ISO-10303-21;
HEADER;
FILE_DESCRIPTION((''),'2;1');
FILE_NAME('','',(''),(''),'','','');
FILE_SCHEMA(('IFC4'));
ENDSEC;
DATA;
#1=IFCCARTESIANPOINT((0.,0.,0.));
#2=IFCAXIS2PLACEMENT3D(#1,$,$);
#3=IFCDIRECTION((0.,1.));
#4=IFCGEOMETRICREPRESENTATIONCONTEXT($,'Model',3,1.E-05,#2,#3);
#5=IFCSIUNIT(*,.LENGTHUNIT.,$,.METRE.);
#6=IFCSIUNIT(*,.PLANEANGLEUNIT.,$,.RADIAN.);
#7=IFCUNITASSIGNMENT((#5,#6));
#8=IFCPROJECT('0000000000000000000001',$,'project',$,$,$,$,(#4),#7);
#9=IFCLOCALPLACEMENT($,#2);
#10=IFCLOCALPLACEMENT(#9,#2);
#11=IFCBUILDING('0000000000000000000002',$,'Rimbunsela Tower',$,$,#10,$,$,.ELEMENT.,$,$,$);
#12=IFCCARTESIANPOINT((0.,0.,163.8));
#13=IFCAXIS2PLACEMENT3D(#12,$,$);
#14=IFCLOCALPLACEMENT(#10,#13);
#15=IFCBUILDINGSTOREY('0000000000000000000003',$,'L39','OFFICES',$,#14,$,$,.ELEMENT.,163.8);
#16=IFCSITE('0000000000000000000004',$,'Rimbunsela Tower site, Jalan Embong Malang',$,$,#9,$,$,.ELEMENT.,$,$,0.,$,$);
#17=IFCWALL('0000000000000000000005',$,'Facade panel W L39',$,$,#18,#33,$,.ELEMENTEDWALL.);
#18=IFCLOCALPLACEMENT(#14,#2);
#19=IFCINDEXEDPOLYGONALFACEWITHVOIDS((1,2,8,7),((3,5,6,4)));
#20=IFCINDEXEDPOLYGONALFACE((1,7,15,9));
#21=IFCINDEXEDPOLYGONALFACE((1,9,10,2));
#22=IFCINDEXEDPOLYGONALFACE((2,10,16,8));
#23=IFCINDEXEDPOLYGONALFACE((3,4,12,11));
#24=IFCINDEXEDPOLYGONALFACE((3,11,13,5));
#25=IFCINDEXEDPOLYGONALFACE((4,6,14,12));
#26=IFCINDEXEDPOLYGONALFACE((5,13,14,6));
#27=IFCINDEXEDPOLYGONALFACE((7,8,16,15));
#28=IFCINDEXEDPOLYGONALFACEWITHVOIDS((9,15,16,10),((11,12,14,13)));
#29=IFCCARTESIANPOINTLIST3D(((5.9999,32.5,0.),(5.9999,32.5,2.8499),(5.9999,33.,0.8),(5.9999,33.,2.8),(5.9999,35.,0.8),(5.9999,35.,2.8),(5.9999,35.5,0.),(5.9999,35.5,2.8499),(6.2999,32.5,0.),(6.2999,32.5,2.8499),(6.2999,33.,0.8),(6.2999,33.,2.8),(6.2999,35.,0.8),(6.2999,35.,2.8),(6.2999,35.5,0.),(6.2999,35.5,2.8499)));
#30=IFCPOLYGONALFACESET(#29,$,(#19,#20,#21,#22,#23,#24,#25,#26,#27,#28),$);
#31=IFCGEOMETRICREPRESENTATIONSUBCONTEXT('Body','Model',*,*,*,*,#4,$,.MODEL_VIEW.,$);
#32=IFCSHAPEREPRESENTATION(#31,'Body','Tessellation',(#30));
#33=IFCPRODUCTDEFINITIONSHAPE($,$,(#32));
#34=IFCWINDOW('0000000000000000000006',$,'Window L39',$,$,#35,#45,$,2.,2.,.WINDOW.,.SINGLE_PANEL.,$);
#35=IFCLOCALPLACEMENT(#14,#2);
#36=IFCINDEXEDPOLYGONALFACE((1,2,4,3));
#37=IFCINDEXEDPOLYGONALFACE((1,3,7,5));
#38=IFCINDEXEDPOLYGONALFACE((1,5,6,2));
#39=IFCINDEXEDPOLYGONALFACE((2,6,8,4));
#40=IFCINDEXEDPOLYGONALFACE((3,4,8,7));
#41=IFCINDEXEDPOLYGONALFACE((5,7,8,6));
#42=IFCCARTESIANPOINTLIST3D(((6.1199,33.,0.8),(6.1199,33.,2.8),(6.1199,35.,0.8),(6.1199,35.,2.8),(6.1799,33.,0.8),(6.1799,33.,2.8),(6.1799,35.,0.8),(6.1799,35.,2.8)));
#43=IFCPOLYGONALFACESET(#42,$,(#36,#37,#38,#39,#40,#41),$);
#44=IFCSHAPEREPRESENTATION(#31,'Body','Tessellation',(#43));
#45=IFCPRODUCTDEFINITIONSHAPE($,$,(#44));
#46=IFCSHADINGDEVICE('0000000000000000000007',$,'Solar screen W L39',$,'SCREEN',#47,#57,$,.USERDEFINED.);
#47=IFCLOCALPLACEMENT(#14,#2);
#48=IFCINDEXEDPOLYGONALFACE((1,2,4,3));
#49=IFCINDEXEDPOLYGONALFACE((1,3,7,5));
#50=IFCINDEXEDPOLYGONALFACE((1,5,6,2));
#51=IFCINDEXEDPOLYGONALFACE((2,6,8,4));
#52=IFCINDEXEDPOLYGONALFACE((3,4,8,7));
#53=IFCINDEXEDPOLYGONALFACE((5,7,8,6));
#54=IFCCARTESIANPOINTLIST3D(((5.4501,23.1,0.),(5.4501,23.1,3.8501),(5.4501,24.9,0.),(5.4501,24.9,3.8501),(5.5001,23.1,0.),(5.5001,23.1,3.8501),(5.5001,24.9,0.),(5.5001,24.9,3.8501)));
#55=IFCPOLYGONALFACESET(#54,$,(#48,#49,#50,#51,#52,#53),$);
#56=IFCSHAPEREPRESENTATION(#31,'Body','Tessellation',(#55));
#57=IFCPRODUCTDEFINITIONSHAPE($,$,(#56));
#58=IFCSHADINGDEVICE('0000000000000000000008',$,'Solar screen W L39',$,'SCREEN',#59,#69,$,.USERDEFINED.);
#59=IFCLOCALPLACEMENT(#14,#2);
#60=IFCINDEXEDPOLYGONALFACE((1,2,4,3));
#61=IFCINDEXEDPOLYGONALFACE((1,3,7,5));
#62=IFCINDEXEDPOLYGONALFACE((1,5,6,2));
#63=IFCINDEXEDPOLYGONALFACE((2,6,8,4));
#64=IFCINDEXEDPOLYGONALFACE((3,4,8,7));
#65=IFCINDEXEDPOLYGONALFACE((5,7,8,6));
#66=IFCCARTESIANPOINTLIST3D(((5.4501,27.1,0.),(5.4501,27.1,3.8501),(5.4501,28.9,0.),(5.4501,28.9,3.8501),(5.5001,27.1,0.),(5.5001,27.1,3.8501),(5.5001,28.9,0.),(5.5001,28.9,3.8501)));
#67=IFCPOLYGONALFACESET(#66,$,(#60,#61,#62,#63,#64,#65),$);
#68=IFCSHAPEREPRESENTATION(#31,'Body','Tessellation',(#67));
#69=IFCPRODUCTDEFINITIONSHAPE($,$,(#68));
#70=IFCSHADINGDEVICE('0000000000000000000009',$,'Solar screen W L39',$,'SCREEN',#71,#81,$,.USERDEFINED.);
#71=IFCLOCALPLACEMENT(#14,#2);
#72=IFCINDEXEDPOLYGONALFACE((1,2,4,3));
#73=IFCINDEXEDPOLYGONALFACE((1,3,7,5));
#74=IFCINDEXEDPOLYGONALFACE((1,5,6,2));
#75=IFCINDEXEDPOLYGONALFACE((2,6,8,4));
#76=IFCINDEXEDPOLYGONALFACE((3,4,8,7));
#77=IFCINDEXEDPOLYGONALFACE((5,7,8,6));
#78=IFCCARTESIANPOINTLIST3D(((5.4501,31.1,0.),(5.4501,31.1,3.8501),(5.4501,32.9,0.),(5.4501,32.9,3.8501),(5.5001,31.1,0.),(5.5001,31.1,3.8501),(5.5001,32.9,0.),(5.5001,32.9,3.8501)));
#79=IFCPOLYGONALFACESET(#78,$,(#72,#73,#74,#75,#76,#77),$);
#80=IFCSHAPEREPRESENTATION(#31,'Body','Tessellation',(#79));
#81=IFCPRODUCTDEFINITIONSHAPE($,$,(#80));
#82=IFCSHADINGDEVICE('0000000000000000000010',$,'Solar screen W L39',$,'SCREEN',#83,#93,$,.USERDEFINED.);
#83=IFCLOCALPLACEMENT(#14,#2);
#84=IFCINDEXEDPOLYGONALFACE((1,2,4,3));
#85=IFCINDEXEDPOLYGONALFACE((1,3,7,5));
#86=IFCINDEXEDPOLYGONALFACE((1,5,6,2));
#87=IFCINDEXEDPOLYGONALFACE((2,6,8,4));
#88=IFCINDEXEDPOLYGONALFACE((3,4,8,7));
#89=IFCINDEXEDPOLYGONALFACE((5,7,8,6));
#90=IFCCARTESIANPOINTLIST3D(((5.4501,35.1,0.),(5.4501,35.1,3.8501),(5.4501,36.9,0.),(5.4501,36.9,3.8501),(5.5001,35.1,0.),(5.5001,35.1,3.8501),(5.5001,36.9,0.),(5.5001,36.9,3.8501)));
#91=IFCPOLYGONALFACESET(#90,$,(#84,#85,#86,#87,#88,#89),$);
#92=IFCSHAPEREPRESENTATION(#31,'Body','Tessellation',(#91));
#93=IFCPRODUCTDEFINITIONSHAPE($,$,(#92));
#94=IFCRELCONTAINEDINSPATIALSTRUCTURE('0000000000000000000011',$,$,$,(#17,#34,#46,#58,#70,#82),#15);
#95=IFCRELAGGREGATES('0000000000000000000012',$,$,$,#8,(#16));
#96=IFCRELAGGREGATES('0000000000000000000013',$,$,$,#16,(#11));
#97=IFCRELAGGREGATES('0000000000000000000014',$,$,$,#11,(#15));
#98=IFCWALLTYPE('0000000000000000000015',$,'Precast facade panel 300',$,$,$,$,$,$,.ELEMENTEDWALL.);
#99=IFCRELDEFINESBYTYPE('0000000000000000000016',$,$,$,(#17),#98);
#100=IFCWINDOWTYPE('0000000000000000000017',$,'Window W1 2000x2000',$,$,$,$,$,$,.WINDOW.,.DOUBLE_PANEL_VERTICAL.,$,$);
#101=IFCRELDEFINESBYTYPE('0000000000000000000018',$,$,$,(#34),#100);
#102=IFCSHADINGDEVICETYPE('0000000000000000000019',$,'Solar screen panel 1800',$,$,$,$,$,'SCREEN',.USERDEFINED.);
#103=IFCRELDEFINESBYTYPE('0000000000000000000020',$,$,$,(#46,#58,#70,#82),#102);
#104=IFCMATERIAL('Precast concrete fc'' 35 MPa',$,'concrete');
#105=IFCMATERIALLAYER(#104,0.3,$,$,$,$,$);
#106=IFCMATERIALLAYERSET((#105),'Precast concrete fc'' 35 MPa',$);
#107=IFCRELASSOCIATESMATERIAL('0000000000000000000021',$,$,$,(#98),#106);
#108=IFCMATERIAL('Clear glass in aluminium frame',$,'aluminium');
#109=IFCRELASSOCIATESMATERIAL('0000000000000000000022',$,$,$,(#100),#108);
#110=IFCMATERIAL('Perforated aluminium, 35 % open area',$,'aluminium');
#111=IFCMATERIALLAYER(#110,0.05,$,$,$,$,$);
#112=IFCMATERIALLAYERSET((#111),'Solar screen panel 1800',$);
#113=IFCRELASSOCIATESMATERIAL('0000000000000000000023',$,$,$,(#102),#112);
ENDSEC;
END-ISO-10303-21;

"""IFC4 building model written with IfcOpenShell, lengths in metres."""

from ifc_helpers import new_model, si_unit, direction, frame, frame_2d, origin, origin_2d, place, context, subcontext, project, spatial, rectangle, extrude, material, layer, layer_set, type_object, element, fill, save


model = new_model("IFC4")

# Units and contexts
model_context = context("Model", 3, precision=1e-05, world=origin(), true_north=direction((0.0, 1.0)))
body_context = subcontext(model_context, "Body", "Model", "MODEL_VIEW")
ifc_project = project(units=[si_unit("LENGTHUNIT", "METRE"), si_unit("PLANEANGLEUNIT", "RADIAN")], contexts=[model_context])

# Site, building, storey
site_placement = place(None, origin())
site = spatial("IfcSite", under=ifc_project, at=site_placement, Name="Rimbunsela Tower site, Jalan Embong Malang", CompositionType="ELEMENT", RefElevation=0.0)
building_placement = place(site_placement, origin())
building = spatial("IfcBuilding", under=site, at=building_placement, Name="Rimbunsela Tower", CompositionType="ELEMENT")
storey_placement = place(building_placement, frame((0.0, 0.0, 163.8)))
storey = spatial("IfcBuildingStorey", under=building, at=storey_placement, Name="L39", Description="OFFICES", CompositionType="ELEMENT", Elevation=163.8)

# Wall, opening, window
ifc_material_1 = material(Name="Precast concrete fc' 35 MPa", Category="concrete")
ifc_layer_1 = layer(ifc_material_1, 0.3)
ifc_layer_set_1 = layer_set([ifc_layer_1], Name="Precast concrete fc' 35 MPa")
wall_type = type_object("IfcWallType", Name="Precast facade panel 300", PredefinedType="ELEMENTEDWALL", material=ifc_layer_set_1)
ifc_material_2 = material(Name="Clear glass in aluminium frame", Category="aluminium")
window_type = type_object("IfcWindowType", Name="Window W1 2000x2000", PartitioningType="DOUBLE_PANEL_VERTICAL", PredefinedType="WINDOW", material=ifc_material_2)
wall_1_placement = place(storey_placement, frame((6.1499, 35.5, 0.0), z_axis=(0.0, 0.0, 1.0), x_axis=(0.0, -1.0, 0.0)))
wall_1 = element("IfcWall", 1, at=wall_1_placement, inside=storey, type_object=wall_type, Name="Facade panel W L39", PredefinedType="ELEMENTEDWALL", context=body_context, shape_type="SweptSolid", body=[
    extrude(rectangle(XDim=3.0, YDim=0.3, at=frame_2d((1.5, 0.0))), origin(), (0.0, 0.0, 1.0), 2.8499),
])
opening_1_placement = place(wall_1_placement, frame((0.5, 0.0, 0.8)))
opening_1 = element("IfcOpeningElement", 2, at=opening_1_placement, cuts=wall_1, PredefinedType="OPENING", context=body_context, shape_type="SweptSolid", body=[
    extrude(rectangle(XDim=2.0, YDim=2.0, at=frame_2d((1.0, 1.0))), frame((0.0, 0.1599, 0.0), z_axis=(0.0, -1.0, 0.0), x_axis=(1.0, 0.0, 0.0)), (0.0, 0.0, 1.0), 0.3201),
])
window_1_placement = place(opening_1_placement, origin())
window_1 = element("IfcWindow", 3, at=window_1_placement, inside=storey, type_object=window_type, Name="Window L39", OverallHeight=2.0, OverallWidth=2.0, PartitioningType="SINGLE_PANEL", PredefinedType="WINDOW", context=body_context, shape_type="SweptSolid", body=[
    extrude(rectangle(XDim=2.0, YDim=2.0, at=frame_2d((1.0, 1.0))), frame((0.0, 0.03, 0.0), z_axis=(0.0, -1.0, 0.0), x_axis=(1.0, 0.0, 0.0)), (0.0, 0.0, 1.0), 0.0601),
])
fill(opening_1, window_1)

# Shading devices
ifc_material_3 = material(Name="Perforated aluminium, 35 % open area", Category="aluminium")
ifc_layer_2 = layer(ifc_material_3, 0.05)
ifc_layer_set_2 = layer_set([ifc_layer_2], Name="Solar screen panel 1800")
shading_device_type = type_object("IfcShadingDeviceType", Name="Solar screen panel 1800", ElementType="SCREEN", PredefinedType="USERDEFINED", material=ifc_layer_set_2)
for number, where, z_axis, x_axis, name in (
    (4, (5.4751, 24.0, 0.0), (0.0, 0.0, 1.0), (0.0, 1.0, 0.0), "Solar screen W L39"),
    (5, (5.4751, 28.0, 0.0), (0.0, 0.0, 1.0), (0.0, 1.0, 0.0), "Solar screen W L39"),
    (6, (5.4751, 32.0, 0.0), (0.0, 0.0, 1.0), (0.0, 1.0, 0.0), "Solar screen W L39"),
    (7, (5.4751, 36.0, 0.0), (0.0, 0.0, 1.0), (0.0, 1.0, 0.0), "Solar screen W L39"),
):
    element("IfcShadingDevice", number, at=place(storey_placement, frame(where, z_axis=z_axis, x_axis=x_axis)), inside=storey, type_object=shading_device_type, Name=name, ObjectType="SCREEN", PredefinedType="USERDEFINED", context=body_context, shape_type="SweptSolid", body=[
        extrude(rectangle(XDim=1.8, YDim=0.05, at=origin_2d()), origin(), (0.0, 0.0, 1.0), 3.8501),
    ])

save(model, "model.ifc")
